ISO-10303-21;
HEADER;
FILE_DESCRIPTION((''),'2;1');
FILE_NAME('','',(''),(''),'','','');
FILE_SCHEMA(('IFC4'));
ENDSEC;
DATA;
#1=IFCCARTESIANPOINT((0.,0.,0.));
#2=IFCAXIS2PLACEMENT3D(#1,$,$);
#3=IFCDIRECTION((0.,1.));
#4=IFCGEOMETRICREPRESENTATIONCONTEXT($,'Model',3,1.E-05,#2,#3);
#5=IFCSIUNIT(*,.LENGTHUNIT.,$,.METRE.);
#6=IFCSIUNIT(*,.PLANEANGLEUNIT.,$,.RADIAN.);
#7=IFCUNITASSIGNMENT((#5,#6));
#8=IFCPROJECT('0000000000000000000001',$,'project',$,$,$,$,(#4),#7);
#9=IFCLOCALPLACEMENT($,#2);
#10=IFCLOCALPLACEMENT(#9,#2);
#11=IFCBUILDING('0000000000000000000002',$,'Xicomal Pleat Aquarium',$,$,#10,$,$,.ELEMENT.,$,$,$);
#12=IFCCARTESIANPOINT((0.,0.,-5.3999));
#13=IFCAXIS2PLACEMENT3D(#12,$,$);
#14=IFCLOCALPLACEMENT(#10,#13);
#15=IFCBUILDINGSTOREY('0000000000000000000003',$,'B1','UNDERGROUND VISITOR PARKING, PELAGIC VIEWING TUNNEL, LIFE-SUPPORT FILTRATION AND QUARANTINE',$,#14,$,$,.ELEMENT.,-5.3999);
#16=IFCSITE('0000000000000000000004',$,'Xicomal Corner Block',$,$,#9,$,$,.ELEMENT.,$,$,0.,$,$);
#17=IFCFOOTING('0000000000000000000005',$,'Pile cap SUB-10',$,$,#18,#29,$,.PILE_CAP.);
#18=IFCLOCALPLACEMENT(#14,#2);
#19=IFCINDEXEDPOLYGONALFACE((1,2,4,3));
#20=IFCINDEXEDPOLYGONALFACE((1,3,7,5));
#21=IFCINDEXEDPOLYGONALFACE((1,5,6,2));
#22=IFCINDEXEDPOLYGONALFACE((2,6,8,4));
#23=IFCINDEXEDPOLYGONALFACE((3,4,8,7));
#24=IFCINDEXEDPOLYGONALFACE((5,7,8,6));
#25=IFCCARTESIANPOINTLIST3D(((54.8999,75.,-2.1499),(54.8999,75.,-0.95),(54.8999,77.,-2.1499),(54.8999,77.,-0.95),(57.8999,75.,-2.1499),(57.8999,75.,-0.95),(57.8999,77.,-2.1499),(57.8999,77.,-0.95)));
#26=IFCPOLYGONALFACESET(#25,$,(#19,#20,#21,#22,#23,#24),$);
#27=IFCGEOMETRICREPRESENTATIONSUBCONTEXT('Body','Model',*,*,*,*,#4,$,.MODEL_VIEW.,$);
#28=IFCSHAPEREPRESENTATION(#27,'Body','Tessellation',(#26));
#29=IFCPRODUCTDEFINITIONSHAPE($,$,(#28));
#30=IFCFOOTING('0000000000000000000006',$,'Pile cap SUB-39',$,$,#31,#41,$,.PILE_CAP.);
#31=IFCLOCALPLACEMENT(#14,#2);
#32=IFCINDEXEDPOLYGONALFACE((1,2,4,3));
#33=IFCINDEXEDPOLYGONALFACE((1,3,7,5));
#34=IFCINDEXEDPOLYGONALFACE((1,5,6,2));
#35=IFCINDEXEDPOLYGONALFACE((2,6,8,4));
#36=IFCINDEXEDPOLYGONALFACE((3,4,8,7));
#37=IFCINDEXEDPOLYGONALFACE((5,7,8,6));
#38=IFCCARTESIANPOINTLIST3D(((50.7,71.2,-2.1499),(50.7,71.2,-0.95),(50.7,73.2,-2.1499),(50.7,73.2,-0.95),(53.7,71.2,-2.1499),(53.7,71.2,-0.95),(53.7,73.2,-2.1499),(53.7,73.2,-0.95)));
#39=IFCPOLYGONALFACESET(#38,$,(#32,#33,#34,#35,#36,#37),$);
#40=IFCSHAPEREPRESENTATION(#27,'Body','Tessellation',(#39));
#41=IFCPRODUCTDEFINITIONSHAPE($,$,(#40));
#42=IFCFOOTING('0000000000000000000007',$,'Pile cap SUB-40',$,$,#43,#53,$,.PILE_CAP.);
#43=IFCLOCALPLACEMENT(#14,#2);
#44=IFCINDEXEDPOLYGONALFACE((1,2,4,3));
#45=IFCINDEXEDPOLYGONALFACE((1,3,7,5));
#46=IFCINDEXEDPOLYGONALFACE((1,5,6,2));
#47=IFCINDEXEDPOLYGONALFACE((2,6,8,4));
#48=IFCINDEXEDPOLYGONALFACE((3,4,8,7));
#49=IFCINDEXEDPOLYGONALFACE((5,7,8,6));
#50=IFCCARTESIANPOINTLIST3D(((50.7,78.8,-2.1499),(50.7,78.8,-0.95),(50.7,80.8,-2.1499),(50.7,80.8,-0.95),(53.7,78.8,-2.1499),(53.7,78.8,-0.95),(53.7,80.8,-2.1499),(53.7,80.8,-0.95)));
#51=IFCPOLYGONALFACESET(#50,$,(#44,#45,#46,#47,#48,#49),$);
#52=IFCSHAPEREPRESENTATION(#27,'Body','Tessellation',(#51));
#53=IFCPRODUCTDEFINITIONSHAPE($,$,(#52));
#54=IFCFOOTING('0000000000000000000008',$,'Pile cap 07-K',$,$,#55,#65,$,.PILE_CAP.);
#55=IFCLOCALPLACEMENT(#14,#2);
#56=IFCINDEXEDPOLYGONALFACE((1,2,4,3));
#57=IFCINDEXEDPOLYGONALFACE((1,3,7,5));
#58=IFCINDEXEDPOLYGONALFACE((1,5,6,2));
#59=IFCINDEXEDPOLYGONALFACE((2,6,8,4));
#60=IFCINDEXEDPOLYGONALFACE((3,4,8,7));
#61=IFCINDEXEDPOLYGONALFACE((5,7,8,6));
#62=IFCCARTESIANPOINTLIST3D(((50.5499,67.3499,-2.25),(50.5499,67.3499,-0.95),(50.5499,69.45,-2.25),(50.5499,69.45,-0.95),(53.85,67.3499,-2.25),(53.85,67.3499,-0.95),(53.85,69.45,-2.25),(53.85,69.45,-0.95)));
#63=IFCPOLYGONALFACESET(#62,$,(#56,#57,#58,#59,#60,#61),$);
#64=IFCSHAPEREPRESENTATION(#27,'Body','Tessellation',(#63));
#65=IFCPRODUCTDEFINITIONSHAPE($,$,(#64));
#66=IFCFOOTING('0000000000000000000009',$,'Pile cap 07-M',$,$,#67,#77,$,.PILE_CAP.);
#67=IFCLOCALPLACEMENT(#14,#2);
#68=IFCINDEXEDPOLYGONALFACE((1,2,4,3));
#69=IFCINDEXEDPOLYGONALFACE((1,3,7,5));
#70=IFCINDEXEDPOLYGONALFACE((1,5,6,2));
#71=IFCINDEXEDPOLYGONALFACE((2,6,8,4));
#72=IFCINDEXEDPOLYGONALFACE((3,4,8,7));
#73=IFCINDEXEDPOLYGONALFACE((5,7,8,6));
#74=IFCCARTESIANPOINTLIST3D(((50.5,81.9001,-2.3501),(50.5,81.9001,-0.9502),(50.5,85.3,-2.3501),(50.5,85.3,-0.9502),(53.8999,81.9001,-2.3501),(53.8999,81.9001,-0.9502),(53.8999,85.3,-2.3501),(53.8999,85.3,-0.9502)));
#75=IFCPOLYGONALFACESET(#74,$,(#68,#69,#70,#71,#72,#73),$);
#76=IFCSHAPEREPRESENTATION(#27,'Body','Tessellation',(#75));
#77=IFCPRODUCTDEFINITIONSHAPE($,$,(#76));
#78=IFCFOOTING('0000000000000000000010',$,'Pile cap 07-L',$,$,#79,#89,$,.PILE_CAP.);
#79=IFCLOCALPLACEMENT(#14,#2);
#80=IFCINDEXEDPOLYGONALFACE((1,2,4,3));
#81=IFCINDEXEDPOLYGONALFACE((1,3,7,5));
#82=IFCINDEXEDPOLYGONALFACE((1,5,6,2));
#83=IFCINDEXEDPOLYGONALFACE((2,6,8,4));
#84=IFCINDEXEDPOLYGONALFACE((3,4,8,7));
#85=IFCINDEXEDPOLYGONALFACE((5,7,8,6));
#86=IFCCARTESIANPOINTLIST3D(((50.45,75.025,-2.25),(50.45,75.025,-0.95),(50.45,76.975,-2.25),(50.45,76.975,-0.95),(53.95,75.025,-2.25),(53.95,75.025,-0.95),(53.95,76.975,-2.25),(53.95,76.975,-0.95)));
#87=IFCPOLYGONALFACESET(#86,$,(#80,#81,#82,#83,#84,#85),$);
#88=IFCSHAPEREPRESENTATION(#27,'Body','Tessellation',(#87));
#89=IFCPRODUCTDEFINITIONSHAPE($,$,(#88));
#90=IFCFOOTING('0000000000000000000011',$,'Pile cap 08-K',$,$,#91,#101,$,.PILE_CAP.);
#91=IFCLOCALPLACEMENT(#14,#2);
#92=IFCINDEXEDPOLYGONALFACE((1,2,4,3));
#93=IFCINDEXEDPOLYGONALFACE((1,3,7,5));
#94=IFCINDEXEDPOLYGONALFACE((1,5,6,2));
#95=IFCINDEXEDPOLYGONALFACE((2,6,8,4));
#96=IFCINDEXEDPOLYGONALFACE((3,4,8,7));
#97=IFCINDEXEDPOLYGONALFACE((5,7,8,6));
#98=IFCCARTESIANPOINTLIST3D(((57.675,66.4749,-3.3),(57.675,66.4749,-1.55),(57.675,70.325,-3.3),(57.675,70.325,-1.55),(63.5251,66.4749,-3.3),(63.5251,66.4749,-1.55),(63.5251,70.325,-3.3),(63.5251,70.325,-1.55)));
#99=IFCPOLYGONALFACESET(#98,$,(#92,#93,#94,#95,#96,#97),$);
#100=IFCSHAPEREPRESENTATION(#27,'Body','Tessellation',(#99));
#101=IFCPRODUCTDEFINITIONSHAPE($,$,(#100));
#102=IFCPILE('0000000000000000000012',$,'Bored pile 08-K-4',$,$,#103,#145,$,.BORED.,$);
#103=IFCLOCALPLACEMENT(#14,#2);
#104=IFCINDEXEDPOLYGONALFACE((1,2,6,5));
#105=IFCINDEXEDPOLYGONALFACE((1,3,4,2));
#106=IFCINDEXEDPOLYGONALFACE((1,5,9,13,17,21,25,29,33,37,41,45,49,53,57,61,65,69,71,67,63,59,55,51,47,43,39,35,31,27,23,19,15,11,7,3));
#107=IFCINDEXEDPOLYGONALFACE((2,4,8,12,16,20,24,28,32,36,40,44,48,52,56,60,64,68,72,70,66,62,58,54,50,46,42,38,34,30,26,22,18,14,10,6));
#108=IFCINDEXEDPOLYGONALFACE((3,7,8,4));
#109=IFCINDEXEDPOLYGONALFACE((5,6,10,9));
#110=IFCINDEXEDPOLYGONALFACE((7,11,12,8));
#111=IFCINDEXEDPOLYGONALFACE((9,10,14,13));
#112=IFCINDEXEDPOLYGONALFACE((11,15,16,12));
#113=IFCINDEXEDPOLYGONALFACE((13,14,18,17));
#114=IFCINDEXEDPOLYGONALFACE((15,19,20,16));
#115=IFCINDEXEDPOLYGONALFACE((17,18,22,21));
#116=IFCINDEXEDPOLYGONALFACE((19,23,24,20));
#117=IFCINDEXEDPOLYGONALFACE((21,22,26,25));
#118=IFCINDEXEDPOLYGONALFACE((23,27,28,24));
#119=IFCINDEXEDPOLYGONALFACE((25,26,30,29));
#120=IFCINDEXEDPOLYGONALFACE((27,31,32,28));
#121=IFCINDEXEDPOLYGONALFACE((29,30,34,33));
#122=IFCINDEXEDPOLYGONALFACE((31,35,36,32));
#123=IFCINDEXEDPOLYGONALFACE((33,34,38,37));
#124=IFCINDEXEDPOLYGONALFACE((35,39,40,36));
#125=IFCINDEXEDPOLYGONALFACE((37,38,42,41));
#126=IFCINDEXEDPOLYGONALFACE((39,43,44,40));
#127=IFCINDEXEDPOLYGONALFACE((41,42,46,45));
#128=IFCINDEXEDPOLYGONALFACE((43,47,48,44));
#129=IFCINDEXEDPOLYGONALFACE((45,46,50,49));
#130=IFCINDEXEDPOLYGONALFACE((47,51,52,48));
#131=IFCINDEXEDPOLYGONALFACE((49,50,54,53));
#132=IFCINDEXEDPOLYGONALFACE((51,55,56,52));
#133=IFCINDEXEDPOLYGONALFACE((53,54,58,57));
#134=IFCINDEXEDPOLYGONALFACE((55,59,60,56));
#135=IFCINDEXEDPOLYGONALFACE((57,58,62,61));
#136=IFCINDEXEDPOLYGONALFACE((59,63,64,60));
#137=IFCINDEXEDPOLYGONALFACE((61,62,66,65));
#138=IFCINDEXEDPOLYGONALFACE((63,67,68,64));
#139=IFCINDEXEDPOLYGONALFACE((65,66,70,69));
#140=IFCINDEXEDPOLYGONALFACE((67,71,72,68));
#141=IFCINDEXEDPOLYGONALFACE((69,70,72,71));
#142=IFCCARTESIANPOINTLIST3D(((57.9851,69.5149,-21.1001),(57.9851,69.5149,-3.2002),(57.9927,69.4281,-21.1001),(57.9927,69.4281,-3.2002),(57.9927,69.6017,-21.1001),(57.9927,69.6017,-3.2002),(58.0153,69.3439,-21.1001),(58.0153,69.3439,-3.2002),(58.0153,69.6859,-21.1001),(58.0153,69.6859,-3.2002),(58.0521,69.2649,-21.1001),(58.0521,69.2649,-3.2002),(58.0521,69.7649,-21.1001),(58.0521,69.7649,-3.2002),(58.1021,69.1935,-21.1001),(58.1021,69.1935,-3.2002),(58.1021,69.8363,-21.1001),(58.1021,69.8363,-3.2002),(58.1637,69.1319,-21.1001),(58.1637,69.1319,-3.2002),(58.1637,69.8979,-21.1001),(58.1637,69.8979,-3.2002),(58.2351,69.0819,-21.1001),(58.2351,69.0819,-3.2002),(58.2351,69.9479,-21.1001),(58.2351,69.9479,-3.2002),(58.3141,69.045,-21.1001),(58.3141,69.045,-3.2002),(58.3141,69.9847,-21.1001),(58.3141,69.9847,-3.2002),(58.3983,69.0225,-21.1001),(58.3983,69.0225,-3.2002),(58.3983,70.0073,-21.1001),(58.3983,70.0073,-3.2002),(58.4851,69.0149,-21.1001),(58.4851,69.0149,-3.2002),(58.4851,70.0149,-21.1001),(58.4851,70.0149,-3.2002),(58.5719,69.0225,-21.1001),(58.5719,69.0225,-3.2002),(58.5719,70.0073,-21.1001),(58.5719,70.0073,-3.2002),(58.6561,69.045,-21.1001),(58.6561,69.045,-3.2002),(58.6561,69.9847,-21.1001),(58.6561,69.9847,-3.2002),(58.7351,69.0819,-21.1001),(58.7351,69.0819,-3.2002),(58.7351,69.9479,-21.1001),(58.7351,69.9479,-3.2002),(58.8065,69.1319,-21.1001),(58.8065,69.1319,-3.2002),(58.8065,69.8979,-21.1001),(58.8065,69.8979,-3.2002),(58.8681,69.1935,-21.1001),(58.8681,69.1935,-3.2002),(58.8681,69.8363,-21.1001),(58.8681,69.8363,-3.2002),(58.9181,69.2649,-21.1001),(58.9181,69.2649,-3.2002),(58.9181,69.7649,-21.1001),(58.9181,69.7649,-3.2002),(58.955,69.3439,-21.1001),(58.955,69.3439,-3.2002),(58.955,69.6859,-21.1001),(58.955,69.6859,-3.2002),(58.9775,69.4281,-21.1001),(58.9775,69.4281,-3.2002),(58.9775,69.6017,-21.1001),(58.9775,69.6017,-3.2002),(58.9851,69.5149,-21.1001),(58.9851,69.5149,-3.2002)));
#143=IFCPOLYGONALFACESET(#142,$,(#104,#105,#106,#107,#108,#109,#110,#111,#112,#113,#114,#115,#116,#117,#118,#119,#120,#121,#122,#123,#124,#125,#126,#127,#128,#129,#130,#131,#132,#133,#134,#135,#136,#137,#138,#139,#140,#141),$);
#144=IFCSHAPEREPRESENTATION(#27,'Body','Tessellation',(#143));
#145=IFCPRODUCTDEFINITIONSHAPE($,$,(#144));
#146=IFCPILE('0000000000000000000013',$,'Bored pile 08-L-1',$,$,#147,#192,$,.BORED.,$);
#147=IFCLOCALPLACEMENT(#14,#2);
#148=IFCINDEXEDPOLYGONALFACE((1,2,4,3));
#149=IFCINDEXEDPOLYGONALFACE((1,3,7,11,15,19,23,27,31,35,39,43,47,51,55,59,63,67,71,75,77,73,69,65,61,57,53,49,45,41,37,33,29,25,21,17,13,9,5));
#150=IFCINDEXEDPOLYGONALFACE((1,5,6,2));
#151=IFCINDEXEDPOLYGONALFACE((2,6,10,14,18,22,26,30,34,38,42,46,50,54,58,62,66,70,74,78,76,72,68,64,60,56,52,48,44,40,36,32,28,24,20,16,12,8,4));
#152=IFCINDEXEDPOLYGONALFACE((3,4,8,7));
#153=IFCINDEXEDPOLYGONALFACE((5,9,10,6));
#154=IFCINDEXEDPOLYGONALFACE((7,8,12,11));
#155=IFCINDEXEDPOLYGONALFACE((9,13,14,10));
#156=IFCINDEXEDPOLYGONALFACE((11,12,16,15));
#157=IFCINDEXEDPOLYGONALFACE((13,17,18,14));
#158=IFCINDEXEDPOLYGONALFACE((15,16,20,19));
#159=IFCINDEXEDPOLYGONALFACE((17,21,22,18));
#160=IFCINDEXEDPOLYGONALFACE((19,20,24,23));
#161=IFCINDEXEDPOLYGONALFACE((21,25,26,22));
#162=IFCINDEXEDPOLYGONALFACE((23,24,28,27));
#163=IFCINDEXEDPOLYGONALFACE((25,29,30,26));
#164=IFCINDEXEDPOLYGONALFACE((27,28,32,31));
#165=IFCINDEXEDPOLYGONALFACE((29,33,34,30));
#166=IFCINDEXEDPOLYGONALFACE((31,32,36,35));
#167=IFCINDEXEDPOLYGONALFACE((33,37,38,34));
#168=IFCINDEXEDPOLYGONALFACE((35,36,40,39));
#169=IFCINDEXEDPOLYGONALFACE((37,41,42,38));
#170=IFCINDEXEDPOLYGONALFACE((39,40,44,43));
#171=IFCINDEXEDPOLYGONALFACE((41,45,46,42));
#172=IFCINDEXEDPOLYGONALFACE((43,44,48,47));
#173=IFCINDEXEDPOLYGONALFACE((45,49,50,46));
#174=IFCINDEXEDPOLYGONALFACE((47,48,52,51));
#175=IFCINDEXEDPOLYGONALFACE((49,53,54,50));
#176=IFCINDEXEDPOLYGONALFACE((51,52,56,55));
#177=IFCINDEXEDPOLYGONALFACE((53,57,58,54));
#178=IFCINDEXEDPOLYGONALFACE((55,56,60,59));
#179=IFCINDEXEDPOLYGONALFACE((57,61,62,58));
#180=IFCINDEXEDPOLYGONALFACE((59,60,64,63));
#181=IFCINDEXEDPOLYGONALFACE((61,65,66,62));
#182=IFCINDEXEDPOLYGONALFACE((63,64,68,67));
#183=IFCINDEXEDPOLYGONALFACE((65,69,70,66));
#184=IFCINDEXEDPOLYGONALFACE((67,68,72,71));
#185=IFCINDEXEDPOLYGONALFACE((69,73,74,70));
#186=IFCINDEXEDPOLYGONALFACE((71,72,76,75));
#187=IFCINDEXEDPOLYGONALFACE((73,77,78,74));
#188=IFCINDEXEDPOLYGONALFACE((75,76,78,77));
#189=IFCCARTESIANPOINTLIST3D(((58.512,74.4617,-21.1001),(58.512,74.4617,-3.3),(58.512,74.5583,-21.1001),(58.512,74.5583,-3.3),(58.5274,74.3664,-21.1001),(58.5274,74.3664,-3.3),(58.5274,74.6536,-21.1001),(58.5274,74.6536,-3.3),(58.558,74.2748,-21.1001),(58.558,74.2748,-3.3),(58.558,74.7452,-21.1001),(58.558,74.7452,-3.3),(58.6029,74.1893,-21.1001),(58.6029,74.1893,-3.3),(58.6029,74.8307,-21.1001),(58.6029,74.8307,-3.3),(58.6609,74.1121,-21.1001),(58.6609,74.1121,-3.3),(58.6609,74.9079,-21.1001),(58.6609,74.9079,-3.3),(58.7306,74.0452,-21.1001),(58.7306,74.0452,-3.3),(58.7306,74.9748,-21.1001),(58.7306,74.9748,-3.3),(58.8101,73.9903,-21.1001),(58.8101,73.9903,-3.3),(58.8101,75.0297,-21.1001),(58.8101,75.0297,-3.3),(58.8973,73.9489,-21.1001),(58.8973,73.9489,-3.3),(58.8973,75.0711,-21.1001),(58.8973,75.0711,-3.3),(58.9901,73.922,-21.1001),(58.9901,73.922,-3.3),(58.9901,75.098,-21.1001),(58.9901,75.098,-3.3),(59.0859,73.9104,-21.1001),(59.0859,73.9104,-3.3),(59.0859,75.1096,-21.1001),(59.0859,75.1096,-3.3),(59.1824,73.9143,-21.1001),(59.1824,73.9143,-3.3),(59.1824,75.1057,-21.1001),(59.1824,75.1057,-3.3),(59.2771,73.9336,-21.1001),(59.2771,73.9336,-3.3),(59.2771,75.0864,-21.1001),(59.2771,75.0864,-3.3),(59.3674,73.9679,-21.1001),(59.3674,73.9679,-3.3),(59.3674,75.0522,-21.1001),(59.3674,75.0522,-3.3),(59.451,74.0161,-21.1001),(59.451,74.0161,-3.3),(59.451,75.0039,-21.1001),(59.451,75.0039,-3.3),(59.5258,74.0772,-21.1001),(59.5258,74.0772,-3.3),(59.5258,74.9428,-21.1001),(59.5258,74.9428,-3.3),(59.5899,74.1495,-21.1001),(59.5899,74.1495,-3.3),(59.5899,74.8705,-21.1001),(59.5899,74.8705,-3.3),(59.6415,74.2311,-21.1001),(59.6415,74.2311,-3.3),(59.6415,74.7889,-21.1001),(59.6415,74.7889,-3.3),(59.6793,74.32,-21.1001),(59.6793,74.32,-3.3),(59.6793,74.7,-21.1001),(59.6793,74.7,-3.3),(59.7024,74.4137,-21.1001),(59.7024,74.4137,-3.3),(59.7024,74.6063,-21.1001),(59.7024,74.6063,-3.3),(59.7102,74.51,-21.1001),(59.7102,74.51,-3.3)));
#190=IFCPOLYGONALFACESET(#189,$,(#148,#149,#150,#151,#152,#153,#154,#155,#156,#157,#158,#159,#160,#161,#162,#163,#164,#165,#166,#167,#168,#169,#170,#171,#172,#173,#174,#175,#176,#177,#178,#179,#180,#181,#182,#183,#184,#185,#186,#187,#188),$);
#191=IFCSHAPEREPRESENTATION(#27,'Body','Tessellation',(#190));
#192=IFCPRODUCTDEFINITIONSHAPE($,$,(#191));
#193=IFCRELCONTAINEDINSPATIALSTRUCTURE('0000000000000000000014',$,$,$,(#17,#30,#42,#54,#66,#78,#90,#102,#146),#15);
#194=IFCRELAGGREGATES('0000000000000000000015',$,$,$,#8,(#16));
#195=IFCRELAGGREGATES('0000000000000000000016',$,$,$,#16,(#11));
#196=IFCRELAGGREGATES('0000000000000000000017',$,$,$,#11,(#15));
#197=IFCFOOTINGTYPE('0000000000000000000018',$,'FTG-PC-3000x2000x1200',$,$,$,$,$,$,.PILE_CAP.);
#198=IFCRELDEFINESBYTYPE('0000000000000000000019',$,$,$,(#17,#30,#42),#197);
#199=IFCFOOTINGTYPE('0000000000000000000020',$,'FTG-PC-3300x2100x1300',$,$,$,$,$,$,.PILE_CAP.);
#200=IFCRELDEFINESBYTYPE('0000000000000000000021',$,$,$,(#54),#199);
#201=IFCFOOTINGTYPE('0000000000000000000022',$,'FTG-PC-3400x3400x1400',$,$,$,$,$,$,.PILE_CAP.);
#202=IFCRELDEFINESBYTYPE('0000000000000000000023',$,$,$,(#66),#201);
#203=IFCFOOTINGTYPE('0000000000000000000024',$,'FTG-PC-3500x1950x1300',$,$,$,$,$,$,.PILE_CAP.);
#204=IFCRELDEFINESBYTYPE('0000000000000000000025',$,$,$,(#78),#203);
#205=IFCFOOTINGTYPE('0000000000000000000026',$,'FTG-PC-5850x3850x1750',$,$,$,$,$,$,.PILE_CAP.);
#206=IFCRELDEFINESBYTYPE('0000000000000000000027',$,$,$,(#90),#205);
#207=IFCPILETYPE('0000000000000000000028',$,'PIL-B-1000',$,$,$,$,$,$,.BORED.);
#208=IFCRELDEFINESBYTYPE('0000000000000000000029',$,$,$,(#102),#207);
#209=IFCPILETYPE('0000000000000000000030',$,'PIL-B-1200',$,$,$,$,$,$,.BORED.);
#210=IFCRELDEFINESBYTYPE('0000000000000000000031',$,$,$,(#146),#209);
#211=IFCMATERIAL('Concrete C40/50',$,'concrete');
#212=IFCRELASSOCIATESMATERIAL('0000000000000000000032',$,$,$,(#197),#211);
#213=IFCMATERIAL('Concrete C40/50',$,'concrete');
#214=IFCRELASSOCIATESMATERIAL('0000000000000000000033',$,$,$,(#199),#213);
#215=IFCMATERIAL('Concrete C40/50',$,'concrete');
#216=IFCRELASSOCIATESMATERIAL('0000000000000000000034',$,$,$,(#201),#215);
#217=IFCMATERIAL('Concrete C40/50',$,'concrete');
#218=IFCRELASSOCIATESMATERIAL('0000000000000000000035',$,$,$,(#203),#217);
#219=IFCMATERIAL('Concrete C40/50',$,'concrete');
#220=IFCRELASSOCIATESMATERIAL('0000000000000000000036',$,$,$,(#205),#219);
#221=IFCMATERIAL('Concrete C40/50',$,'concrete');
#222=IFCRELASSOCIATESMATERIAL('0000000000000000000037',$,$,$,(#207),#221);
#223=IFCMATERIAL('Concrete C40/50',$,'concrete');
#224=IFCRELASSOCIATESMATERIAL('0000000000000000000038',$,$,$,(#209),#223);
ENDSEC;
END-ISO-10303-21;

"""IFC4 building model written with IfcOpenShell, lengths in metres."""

from ifc_helpers import new_model, si_unit, direction, frame, origin, origin_2d, place, context, subcontext, project, spatial, rectangle, circle, extrude, material, material_profile, profile_set, type_object, element, save


model = new_model("IFC4")

# Units and contexts
model_context = context("Model", 3, precision=1e-05, world=origin(), true_north=direction((0.0, 1.0)))
body_context = subcontext(model_context, "Body", "Model", "MODEL_VIEW")
ifc_project = project(units=[si_unit("LENGTHUNIT", "METRE"), si_unit("PLANEANGLEUNIT", "RADIAN")], contexts=[model_context])

# Site, building, storey
site_placement = place(None, origin())
site = spatial("IfcSite", under=ifc_project, at=site_placement, Name="Xicomal Corner Block", CompositionType="ELEMENT", RefElevation=0.0)
building_placement = place(site_placement, origin())
building = spatial("IfcBuilding", under=site, at=building_placement, Name="Xicomal Pleat Aquarium", CompositionType="ELEMENT")
storey_placement = place(building_placement, frame((0.0, 0.0, -5.3999)))
storey = spatial("IfcBuildingStorey", under=building, at=storey_placement, Name="B1", Description="UNDERGROUND VISITOR PARKING, PELAGIC VIEWING TUNNEL, LIFE-SUPPORT FILTRATION AND QUARANTINE", CompositionType="ELEMENT", Elevation=-5.3999)

# Footings
ifc_material_1 = material(Name="Concrete C40/50", Category="concrete")
footing_type_1 = type_object("IfcFootingType", Name="FTG-PC-3000x2000x1200", PredefinedType="PILE_CAP", material=ifc_material_1)
for number, where, z_axis, x_axis, name in (
    (1, (56.3999, 76.0, -2.1499), (0.0, 0.0, 1.0), (1.0, 0.0, 0.0), "Pile cap SUB-10"),
    (2, (52.2, 72.2, -2.1499), (0.0, 0.0, 1.0), (1.0, 0.0, 0.0), "Pile cap SUB-39"),
    (3, (52.2, 79.8, -2.1499), (0.0, 0.0, 1.0), (1.0, 0.0, 0.0), "Pile cap SUB-40"),
):
    element("IfcFooting", number, at=place(storey_placement, frame(where, z_axis=z_axis, x_axis=x_axis)), inside=storey, type_object=footing_type_1, Name=name, PredefinedType="PILE_CAP", context=body_context, shape_type="SweptSolid", body=[
        extrude(rectangle(XDim=3.0, YDim=2.0, at=origin_2d()), origin(), (0.0, 0.0, 1.0), 1.2),
    ])
ifc_material_2 = material(Name="Concrete C40/50", Category="concrete")
footing_type_2 = type_object("IfcFootingType", Name="FTG-PC-3300x2100x1300", PredefinedType="PILE_CAP", material=ifc_material_2)
footing_1_placement = place(storey_placement, frame((52.2, 68.3999, -2.25), z_axis=(0.0, 0.0, 1.0), x_axis=(1.0, 0.0, 0.0)))
element("IfcFooting", 4, at=footing_1_placement, inside=storey, type_object=footing_type_2, Name="Pile cap 07-K", PredefinedType="PILE_CAP", context=body_context, shape_type="SweptSolid", body=[
    extrude(rectangle(XDim=3.3, YDim=2.1001, at=origin_2d()), origin(), (0.0, 0.0, 1.0), 1.3),
])
ifc_material_3 = material(Name="Concrete C40/50", Category="concrete")
footing_type_3 = type_object("IfcFootingType", Name="FTG-PC-3400x3400x1400", PredefinedType="PILE_CAP", material=ifc_material_3)
footing_2_placement = place(storey_placement, frame((52.2, 83.6001, -2.3501), z_axis=(0.0, 0.0, 1.0), x_axis=(1.0, 0.0, 0.0)))
element("IfcFooting", 5, at=footing_2_placement, inside=storey, type_object=footing_type_3, Name="Pile cap 07-M", PredefinedType="PILE_CAP", context=body_context, shape_type="SweptSolid", body=[
    extrude(rectangle(XDim=3.3999, YDim=3.3999, at=origin_2d()), origin(), (0.0, 0.0, 1.0), 1.3999),
])
ifc_material_4 = material(Name="Concrete C40/50", Category="concrete")
footing_type_4 = type_object("IfcFootingType", Name="FTG-PC-3500x1950x1300", PredefinedType="PILE_CAP", material=ifc_material_4)
footing_3_placement = place(storey_placement, frame((52.2, 76.0, -2.25), z_axis=(0.0, 0.0, 1.0), x_axis=(1.0, 0.0, 0.0)))
element("IfcFooting", 6, at=footing_3_placement, inside=storey, type_object=footing_type_4, Name="Pile cap 07-L", PredefinedType="PILE_CAP", context=body_context, shape_type="SweptSolid", body=[
    extrude(rectangle(XDim=3.5, YDim=1.95, at=origin_2d()), origin(), (0.0, 0.0, 1.0), 1.3),
])
ifc_material_5 = material(Name="Concrete C40/50", Category="concrete")
footing_type_5 = type_object("IfcFootingType", Name="FTG-PC-5850x3850x1750", PredefinedType="PILE_CAP", material=ifc_material_5)
footing_4_placement = place(storey_placement, frame((60.6001, 68.3999, -3.3), z_axis=(0.0, 0.0, 1.0), x_axis=(1.0, 0.0, 0.0)))
element("IfcFooting", 7, at=footing_4_placement, inside=storey, type_object=footing_type_5, Name="Pile cap 08-K", PredefinedType="PILE_CAP", context=body_context, shape_type="SweptSolid", body=[
    extrude(rectangle(XDim=5.8501, YDim=3.8501, at=origin_2d()), origin(), (0.0, 0.0, 1.0), 1.75),
])

# Piles
ifc_material_6 = material(Name="Concrete C40/50", Category="concrete")
ifc_material_profile_1 = material_profile(ifc_material_6, circle(Radius=0.5, at=origin_2d()), Name="BORED PILE D1000")
ifc_profile_set_1 = profile_set([ifc_material_profile_1], Name="Concrete C40/50")
pile_type_1 = type_object("IfcPileType", Name="PIL-B-1000", PredefinedType="BORED", material=ifc_profile_set_1)
pile_1_placement = place(storey_placement, frame((58.4851, 69.5149, -3.2002), z_axis=(0.0, 0.0, -1.0), x_axis=(1.0, 0.0, 0.0)))
element("IfcPile", 8, at=pile_1_placement, inside=storey, type_object=pile_type_1, Name="Bored pile 08-K-4", PredefinedType="BORED", context=body_context, shape_type="SweptSolid", body=[
    extrude(circle(Radius=0.5, at=origin_2d()), origin(), (0.0, 0.0, 1.0), 17.8999),
])
ifc_material_7 = material(Name="Concrete C40/50", Category="concrete")
ifc_material_profile_2 = material_profile(ifc_material_7, circle(Radius=0.6001, at=origin_2d()), Name="BORED PILE D1200")
ifc_profile_set_2 = profile_set([ifc_material_profile_2], Name="Concrete C40/50")
pile_type_2 = type_object("IfcPileType", Name="PIL-B-1200", PredefinedType="BORED", material=ifc_profile_set_2)
for number, where, z_axis, x_axis, name in (
    (9, (59.1101, 74.51, -3.3), (0.0, 0.0, -1.0), (1.0, 0.0, 0.0), "Bored pile 08-L-1"),
):
    element("IfcPile", number, at=place(storey_placement, frame(where, z_axis=z_axis, x_axis=x_axis)), inside=storey, type_object=pile_type_2, Name=name, PredefinedType="BORED", context=body_context, shape_type="SweptSolid", body=[
        extrude(circle(Radius=0.6001, at=origin_2d()), origin(), (0.0, 0.0, 1.0), 17.8),
    ])

save(model, "model.ifc")
